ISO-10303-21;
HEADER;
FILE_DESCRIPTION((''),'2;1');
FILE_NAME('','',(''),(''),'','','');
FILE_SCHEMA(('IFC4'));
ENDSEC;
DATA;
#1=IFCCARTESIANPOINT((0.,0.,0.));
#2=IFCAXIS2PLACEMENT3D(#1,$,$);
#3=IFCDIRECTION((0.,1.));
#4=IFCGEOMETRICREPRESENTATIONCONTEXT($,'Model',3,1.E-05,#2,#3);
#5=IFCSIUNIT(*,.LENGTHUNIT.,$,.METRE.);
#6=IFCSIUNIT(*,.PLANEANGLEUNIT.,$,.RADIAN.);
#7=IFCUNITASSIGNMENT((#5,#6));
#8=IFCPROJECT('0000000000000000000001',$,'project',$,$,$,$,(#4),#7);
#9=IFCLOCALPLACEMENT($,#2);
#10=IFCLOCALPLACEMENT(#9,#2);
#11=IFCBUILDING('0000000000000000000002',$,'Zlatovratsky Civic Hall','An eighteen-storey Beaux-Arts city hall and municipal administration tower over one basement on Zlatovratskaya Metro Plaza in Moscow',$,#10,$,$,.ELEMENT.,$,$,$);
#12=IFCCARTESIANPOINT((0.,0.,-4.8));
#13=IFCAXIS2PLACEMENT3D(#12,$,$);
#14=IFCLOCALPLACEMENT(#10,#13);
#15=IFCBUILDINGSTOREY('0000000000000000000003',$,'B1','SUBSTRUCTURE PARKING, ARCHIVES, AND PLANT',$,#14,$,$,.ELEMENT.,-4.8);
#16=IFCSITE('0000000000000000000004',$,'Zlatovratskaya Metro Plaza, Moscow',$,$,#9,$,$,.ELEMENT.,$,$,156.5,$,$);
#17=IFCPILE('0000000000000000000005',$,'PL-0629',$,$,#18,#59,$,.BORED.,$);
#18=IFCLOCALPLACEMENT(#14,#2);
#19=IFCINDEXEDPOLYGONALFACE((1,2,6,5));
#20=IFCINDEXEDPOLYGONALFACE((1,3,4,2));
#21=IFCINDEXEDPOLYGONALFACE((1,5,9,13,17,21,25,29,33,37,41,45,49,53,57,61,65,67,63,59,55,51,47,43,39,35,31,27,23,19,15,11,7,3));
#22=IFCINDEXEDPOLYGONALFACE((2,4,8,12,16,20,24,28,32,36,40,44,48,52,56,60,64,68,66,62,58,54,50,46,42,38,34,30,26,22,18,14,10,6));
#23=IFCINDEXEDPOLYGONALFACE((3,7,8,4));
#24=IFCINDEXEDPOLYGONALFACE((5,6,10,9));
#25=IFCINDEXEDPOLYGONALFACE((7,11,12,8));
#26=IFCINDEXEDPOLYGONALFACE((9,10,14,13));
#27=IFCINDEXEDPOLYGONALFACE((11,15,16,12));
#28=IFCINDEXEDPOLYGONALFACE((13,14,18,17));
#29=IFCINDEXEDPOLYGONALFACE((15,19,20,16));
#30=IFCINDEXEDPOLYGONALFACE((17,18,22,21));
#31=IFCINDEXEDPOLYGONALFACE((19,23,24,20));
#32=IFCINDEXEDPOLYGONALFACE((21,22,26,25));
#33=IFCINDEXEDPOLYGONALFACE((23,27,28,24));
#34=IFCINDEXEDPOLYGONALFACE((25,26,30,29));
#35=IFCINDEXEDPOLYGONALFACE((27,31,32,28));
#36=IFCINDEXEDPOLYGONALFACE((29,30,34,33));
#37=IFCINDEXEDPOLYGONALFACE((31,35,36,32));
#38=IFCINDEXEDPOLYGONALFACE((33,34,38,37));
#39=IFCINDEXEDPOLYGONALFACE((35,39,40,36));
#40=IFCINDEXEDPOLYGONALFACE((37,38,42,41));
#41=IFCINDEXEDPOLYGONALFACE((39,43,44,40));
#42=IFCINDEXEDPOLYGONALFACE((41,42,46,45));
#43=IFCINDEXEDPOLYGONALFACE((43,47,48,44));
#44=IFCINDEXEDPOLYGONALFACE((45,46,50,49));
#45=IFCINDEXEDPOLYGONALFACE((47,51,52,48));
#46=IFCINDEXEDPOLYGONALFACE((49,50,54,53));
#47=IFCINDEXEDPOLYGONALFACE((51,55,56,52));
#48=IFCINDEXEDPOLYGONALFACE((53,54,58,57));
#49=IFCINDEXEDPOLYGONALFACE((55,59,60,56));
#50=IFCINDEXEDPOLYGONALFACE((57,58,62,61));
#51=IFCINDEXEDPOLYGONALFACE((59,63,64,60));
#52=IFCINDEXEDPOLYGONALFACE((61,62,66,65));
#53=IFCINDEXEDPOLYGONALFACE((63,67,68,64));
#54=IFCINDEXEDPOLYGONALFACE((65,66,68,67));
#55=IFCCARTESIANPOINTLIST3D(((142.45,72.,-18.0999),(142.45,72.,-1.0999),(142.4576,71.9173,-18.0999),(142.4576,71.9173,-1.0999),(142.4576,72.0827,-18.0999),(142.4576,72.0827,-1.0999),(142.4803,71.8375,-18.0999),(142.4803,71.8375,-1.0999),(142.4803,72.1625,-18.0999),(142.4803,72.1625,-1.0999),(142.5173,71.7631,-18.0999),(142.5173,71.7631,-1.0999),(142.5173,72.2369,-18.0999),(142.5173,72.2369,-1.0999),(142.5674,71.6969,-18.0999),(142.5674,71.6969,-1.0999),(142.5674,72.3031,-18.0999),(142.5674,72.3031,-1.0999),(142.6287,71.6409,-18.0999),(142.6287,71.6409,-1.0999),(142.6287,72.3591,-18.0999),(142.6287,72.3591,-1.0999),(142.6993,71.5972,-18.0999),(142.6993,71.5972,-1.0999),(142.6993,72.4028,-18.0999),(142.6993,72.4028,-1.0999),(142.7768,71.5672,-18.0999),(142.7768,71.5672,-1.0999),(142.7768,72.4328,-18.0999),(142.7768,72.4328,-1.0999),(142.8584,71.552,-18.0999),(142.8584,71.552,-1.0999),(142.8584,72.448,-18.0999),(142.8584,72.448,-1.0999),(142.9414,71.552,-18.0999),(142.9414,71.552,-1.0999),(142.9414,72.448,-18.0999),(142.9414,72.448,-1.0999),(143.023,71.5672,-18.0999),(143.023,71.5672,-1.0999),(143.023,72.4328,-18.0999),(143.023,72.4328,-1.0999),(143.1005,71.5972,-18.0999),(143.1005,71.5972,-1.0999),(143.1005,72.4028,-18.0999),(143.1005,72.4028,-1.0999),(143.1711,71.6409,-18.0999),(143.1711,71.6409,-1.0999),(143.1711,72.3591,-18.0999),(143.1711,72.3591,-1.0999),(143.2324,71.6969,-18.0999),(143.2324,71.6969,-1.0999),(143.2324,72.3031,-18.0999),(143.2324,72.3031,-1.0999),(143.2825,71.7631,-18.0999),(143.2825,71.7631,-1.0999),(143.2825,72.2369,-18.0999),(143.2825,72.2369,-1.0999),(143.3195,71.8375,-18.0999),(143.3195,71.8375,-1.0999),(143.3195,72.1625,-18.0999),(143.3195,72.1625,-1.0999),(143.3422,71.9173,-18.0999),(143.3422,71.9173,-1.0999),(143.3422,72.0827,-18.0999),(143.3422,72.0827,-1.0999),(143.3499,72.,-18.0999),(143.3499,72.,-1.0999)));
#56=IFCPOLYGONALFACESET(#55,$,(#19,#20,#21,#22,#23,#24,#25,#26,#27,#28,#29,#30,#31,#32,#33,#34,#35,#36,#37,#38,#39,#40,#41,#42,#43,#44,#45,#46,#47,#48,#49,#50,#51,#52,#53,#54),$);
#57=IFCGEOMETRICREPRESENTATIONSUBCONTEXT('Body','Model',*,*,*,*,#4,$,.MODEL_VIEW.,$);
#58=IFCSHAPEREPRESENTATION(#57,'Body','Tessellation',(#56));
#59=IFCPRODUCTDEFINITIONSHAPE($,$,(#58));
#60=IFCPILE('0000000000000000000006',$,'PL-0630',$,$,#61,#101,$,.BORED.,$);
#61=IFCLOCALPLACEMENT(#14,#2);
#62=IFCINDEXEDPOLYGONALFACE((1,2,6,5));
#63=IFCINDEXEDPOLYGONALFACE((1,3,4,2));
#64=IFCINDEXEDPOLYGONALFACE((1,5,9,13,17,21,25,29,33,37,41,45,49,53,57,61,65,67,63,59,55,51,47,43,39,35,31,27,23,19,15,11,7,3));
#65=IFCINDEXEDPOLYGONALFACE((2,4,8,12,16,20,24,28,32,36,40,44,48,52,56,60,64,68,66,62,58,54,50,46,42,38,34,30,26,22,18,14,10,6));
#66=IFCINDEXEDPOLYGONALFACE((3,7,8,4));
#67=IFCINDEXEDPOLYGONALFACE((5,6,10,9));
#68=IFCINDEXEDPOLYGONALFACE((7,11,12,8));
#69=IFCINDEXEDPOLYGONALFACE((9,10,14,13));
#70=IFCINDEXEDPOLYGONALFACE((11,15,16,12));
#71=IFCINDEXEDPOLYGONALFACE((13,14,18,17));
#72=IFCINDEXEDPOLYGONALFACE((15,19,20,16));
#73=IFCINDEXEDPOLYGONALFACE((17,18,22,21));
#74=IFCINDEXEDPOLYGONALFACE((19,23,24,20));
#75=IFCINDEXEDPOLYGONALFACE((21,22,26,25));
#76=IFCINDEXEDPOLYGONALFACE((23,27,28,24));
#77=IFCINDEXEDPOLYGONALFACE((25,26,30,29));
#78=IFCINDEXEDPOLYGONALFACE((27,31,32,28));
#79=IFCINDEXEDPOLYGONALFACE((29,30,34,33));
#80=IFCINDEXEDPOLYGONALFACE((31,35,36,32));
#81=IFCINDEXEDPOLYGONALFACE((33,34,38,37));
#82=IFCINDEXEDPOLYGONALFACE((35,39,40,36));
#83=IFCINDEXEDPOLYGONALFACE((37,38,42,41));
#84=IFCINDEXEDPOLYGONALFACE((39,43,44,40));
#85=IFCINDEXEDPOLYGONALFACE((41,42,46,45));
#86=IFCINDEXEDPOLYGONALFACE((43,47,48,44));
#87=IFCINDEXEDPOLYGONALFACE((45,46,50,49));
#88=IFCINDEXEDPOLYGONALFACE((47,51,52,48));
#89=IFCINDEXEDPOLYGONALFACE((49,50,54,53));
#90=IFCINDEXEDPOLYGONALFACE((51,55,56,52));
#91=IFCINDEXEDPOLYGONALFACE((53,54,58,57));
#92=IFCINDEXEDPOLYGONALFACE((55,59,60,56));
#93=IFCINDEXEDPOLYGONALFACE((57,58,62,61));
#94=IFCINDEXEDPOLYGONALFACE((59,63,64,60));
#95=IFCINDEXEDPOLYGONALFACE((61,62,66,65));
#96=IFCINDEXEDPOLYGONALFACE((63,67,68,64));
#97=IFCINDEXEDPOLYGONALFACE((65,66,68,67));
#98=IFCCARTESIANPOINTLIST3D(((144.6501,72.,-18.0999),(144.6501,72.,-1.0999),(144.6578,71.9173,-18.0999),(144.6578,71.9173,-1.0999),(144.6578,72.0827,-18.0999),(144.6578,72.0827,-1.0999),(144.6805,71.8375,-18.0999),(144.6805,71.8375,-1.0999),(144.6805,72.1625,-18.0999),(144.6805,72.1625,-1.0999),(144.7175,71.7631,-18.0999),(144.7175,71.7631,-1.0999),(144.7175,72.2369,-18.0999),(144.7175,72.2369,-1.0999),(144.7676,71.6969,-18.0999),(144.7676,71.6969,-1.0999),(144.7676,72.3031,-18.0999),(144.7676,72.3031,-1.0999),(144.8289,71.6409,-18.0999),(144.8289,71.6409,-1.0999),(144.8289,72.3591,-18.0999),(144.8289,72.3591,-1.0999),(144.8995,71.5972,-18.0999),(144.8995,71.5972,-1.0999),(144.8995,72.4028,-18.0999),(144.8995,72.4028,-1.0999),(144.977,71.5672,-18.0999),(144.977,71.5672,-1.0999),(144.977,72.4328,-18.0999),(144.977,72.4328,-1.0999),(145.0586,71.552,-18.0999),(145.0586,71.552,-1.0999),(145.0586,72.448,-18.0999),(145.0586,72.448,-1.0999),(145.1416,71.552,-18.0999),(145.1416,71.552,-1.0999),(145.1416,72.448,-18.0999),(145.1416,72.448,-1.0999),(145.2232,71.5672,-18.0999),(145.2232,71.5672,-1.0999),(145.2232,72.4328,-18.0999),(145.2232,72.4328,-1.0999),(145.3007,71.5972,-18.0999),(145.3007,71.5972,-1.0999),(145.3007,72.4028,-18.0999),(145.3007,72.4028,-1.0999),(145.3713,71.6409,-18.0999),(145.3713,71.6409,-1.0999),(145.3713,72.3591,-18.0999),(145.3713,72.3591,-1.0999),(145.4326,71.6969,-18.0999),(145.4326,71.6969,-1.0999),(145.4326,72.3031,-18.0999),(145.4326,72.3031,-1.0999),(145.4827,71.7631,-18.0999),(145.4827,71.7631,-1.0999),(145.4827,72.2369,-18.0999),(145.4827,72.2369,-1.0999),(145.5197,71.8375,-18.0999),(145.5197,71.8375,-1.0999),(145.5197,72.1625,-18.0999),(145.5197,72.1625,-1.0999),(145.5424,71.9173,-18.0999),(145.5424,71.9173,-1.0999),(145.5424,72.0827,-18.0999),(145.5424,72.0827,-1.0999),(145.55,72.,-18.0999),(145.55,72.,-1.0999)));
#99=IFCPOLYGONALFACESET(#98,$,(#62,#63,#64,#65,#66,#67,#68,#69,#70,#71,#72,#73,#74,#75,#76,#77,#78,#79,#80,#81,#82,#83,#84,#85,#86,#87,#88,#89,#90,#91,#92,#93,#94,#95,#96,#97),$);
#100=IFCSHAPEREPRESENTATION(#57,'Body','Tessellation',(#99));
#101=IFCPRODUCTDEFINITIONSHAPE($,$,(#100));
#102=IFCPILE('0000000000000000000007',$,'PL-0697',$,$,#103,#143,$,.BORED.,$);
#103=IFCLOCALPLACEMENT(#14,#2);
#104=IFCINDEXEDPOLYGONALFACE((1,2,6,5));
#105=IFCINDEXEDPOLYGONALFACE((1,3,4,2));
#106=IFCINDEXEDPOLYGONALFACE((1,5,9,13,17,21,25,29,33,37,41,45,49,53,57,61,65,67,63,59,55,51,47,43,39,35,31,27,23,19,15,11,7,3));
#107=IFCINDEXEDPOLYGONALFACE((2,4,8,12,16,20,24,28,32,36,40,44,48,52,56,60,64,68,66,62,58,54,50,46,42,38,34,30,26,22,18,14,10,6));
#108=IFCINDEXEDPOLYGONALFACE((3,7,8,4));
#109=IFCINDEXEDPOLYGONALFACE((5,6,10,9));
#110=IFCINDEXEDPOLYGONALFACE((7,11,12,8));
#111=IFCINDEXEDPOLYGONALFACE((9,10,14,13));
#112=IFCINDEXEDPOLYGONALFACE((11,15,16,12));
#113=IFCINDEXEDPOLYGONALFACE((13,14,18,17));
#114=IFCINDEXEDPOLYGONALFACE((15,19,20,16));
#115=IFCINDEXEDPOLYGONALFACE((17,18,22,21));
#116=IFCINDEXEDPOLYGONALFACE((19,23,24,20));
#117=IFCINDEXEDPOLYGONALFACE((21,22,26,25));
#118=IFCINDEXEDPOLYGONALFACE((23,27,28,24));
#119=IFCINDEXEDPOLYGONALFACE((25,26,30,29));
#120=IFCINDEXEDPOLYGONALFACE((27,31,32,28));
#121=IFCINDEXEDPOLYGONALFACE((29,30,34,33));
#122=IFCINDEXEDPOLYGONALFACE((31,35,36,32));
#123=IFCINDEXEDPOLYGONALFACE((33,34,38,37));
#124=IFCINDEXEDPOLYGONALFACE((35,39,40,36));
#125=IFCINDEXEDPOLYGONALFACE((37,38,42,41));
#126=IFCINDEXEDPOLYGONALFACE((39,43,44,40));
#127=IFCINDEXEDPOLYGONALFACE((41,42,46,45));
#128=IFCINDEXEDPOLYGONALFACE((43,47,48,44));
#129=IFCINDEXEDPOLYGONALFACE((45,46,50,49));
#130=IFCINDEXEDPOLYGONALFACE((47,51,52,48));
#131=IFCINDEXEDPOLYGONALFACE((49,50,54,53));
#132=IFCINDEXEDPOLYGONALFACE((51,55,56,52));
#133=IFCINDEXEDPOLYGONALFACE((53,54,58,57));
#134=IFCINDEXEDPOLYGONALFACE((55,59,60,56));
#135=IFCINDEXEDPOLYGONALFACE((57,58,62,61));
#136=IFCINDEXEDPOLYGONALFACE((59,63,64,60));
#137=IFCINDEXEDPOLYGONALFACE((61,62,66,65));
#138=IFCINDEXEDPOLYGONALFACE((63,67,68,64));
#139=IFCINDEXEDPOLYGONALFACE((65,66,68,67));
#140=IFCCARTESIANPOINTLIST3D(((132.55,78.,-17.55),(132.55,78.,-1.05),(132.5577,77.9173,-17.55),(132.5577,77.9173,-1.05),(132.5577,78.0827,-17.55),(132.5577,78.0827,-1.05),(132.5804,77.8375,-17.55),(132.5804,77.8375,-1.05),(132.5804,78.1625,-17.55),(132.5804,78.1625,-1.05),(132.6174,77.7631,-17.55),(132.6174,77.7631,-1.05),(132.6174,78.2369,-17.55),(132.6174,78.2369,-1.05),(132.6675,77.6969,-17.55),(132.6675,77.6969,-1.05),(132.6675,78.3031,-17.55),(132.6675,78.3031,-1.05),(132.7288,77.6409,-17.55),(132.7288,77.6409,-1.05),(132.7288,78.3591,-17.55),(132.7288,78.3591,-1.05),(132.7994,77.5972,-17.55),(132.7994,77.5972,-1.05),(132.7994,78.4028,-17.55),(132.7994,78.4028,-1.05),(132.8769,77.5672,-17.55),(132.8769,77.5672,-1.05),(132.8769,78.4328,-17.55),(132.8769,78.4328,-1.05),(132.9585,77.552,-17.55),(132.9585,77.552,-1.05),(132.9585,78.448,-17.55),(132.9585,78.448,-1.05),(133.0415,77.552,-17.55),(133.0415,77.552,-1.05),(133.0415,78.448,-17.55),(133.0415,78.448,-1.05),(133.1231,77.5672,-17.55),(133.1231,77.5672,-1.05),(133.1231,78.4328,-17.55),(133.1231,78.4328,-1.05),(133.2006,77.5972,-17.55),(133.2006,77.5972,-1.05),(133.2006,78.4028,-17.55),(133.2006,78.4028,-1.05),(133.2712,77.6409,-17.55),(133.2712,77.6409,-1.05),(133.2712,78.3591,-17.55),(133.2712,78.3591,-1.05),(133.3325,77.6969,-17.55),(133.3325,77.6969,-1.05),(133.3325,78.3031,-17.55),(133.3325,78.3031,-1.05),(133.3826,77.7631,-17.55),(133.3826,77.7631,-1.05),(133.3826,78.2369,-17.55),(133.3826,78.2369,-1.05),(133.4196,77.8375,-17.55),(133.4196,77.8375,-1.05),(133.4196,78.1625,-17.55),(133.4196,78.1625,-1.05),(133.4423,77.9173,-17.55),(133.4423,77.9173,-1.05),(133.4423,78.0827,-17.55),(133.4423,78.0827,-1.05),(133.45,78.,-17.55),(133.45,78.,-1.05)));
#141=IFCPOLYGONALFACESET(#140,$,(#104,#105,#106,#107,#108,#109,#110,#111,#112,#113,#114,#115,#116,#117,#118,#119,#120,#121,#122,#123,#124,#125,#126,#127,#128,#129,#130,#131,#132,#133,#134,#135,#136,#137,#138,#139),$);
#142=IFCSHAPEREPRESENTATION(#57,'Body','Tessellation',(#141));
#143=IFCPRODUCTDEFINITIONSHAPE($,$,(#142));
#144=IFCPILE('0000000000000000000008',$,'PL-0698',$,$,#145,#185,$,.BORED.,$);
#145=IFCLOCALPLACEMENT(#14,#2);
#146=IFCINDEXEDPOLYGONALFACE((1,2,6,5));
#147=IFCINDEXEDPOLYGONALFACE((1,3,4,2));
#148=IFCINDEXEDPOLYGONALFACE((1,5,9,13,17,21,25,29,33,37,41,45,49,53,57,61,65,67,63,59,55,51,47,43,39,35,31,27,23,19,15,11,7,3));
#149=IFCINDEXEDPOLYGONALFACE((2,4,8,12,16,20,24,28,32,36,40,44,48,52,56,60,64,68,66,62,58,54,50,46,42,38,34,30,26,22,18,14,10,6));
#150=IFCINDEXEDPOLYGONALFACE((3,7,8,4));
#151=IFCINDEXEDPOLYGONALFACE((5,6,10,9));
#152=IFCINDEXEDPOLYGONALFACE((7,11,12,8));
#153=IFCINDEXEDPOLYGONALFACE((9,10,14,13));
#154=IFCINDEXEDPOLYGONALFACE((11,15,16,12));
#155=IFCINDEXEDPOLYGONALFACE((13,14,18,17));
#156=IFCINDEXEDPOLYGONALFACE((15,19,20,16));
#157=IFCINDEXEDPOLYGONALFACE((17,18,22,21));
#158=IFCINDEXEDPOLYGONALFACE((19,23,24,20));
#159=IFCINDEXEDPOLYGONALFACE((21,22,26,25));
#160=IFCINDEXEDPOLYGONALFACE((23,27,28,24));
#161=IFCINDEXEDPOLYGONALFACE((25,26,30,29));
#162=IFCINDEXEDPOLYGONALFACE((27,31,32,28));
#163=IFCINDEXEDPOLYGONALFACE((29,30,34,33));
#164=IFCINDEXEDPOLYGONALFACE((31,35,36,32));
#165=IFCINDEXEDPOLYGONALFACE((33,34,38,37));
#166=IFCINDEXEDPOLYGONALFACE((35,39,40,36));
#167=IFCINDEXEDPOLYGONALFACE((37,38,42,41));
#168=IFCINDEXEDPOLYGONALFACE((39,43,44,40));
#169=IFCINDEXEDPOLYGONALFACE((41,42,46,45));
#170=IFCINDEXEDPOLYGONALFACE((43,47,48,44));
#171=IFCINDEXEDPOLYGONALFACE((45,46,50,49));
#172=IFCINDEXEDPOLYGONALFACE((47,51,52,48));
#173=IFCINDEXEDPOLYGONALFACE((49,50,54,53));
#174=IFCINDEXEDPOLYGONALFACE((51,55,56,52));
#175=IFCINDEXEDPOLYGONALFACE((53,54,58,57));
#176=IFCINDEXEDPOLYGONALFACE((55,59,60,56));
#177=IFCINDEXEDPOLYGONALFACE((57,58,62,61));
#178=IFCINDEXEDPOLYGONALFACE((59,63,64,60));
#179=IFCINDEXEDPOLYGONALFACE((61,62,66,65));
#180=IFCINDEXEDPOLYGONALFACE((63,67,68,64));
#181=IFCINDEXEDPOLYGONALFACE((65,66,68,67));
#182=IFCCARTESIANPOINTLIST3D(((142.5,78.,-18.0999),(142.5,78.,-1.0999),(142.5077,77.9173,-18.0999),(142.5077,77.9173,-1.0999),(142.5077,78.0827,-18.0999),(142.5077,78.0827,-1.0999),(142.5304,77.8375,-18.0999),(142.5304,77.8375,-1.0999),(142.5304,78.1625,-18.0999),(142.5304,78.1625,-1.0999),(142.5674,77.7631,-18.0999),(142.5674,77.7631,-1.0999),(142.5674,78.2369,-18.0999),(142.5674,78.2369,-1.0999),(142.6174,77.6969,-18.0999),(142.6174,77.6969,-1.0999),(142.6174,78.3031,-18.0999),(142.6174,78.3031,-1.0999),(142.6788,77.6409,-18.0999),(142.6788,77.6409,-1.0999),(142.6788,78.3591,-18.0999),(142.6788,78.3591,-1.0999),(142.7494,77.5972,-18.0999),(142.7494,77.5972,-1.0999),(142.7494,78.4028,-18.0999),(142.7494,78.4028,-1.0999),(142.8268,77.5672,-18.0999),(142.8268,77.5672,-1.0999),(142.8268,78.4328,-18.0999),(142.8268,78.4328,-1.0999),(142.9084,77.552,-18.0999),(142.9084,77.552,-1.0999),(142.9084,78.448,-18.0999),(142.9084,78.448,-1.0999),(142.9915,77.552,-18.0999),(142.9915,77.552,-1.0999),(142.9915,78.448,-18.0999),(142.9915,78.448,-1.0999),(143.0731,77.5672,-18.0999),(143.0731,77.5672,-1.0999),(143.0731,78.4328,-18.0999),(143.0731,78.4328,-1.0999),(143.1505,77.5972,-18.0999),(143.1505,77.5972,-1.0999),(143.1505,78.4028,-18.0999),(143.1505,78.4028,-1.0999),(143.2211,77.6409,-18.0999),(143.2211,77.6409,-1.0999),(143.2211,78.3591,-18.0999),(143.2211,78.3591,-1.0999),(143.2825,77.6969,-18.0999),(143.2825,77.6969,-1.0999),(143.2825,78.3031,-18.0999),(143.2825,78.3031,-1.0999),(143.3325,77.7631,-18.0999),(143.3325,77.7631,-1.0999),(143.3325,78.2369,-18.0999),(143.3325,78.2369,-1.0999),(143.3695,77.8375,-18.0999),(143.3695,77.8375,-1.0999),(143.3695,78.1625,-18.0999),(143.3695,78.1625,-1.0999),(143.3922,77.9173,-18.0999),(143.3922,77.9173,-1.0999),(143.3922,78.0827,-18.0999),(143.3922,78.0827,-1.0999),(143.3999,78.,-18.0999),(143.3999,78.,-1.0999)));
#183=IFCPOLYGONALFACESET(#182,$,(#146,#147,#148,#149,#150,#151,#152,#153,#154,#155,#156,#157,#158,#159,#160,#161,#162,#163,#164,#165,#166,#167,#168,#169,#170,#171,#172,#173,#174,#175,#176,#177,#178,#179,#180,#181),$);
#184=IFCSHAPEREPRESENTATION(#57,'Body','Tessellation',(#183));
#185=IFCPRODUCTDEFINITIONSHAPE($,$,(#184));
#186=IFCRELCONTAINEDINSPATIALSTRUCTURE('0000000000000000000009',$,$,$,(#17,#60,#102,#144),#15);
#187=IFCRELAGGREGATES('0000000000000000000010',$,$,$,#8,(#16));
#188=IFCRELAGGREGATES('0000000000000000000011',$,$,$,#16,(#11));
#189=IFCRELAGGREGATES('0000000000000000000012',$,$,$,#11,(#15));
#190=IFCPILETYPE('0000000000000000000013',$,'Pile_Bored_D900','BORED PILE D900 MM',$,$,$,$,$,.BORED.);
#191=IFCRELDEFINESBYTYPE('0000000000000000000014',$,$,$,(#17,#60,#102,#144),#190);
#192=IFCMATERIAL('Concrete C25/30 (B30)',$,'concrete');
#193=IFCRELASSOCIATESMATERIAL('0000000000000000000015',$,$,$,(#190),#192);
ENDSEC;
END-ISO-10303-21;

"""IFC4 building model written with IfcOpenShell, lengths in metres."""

from ifc_helpers import new_model, si_unit, direction, frame, origin, origin_2d, place, context, subcontext, project, spatial, circle, extrude, material, material_profile, profile_set, type_object, element, save


model = new_model("IFC4")

# Units and contexts
model_context = context("Model", 3, precision=1e-05, world=origin(), true_north=direction((0.0, 1.0)))
body_context = subcontext(model_context, "Body", "Model", "MODEL_VIEW")
ifc_project = project(units=[si_unit("LENGTHUNIT", "METRE"), si_unit("PLANEANGLEUNIT", "RADIAN")], contexts=[model_context])

# Site, building, storey
site_placement = place(None, origin())
site = spatial("IfcSite", under=ifc_project, at=site_placement, Name="Zlatovratskaya Metro Plaza, Moscow", CompositionType="ELEMENT", RefElevation=156.5)
building_placement = place(site_placement, origin())
building = spatial("IfcBuilding", under=site, at=building_placement, Name="Zlatovratsky Civic Hall", Description="An eighteen-storey Beaux-Arts city hall and municipal administration tower over one basement on Zlatovratskaya Metro Plaza in Moscow", CompositionType="ELEMENT")
storey_placement = place(building_placement, frame((0.0, 0.0, -4.8)))
storey = spatial("IfcBuildingStorey", under=building, at=storey_placement, Name="B1", Description="SUBSTRUCTURE PARKING, ARCHIVES, AND PLANT", CompositionType="ELEMENT", Elevation=-4.8)

# Shared definitions
ifc_material_1 = material(Name="Concrete C25/30 (B30)", Category="concrete")

# Piles
ifc_material_profile_1 = material_profile(ifc_material_1, circle(Radius=0.45, at=origin_2d()), Name="PILE D900")
ifc_profile_set_1 = profile_set([ifc_material_profile_1], Name="Concrete C25/30 (B30)")
pile_type_1 = type_object("IfcPileType", Name="Pile_Bored_D900", Description="BORED PILE D900 MM", PredefinedType="BORED", material=ifc_profile_set_1)
for number, where, z_axis, x_axis, name in (
    (1, (142.8999, 72.0, -1.0999), (0.0, 0.0, -1.0), (1.0, 0.0, 0.0), "PL-0629"),
    (2, (145.1001, 72.0, -1.0999), (0.0, 0.0, -1.0), (1.0, 0.0, 0.0), "PL-0630"),
):
    element("IfcPile", number, at=place(storey_placement, frame(where, z_axis=z_axis, x_axis=x_axis)), inside=storey, type_object=pile_type_1, Name=name, PredefinedType="BORED", context=body_context, shape_type="SweptSolid", body=[
        extrude(circle(Radius=0.45, at=origin_2d()), origin(), (0.0, 0.0, 1.0), 17.0),
    ])
pile_1_placement = place(storey_placement, frame((133.0, 78.0, -1.05), z_axis=(0.0, 0.0, -1.0), x_axis=(1.0, 0.0, 0.0)))
element("IfcPile", 3, at=pile_1_placement, inside=storey, type_object=pile_type_1, Name="PL-0697", PredefinedType="BORED", context=body_context, shape_type="SweptSolid", body=[
    extrude(circle(Radius=0.45, at=origin_2d()), origin(), (0.0, 0.0, 1.0), 16.5),
])
for number, where, z_axis, x_axis, name in (
    (4, (142.95, 78.0, -1.0999), (0.0, 0.0, -1.0), (1.0, 0.0, 0.0), "PL-0698"),
):
    element("IfcPile", number, at=place(storey_placement, frame(where, z_axis=z_axis, x_axis=x_axis)), inside=storey, type_object=pile_type_1, Name=name, PredefinedType="BORED", context=body_context, shape_type="SweptSolid", body=[
        extrude(circle(Radius=0.45, at=origin_2d()), origin(), (0.0, 0.0, 1.0), 17.0),
    ])

save(model, "model.ifc")
